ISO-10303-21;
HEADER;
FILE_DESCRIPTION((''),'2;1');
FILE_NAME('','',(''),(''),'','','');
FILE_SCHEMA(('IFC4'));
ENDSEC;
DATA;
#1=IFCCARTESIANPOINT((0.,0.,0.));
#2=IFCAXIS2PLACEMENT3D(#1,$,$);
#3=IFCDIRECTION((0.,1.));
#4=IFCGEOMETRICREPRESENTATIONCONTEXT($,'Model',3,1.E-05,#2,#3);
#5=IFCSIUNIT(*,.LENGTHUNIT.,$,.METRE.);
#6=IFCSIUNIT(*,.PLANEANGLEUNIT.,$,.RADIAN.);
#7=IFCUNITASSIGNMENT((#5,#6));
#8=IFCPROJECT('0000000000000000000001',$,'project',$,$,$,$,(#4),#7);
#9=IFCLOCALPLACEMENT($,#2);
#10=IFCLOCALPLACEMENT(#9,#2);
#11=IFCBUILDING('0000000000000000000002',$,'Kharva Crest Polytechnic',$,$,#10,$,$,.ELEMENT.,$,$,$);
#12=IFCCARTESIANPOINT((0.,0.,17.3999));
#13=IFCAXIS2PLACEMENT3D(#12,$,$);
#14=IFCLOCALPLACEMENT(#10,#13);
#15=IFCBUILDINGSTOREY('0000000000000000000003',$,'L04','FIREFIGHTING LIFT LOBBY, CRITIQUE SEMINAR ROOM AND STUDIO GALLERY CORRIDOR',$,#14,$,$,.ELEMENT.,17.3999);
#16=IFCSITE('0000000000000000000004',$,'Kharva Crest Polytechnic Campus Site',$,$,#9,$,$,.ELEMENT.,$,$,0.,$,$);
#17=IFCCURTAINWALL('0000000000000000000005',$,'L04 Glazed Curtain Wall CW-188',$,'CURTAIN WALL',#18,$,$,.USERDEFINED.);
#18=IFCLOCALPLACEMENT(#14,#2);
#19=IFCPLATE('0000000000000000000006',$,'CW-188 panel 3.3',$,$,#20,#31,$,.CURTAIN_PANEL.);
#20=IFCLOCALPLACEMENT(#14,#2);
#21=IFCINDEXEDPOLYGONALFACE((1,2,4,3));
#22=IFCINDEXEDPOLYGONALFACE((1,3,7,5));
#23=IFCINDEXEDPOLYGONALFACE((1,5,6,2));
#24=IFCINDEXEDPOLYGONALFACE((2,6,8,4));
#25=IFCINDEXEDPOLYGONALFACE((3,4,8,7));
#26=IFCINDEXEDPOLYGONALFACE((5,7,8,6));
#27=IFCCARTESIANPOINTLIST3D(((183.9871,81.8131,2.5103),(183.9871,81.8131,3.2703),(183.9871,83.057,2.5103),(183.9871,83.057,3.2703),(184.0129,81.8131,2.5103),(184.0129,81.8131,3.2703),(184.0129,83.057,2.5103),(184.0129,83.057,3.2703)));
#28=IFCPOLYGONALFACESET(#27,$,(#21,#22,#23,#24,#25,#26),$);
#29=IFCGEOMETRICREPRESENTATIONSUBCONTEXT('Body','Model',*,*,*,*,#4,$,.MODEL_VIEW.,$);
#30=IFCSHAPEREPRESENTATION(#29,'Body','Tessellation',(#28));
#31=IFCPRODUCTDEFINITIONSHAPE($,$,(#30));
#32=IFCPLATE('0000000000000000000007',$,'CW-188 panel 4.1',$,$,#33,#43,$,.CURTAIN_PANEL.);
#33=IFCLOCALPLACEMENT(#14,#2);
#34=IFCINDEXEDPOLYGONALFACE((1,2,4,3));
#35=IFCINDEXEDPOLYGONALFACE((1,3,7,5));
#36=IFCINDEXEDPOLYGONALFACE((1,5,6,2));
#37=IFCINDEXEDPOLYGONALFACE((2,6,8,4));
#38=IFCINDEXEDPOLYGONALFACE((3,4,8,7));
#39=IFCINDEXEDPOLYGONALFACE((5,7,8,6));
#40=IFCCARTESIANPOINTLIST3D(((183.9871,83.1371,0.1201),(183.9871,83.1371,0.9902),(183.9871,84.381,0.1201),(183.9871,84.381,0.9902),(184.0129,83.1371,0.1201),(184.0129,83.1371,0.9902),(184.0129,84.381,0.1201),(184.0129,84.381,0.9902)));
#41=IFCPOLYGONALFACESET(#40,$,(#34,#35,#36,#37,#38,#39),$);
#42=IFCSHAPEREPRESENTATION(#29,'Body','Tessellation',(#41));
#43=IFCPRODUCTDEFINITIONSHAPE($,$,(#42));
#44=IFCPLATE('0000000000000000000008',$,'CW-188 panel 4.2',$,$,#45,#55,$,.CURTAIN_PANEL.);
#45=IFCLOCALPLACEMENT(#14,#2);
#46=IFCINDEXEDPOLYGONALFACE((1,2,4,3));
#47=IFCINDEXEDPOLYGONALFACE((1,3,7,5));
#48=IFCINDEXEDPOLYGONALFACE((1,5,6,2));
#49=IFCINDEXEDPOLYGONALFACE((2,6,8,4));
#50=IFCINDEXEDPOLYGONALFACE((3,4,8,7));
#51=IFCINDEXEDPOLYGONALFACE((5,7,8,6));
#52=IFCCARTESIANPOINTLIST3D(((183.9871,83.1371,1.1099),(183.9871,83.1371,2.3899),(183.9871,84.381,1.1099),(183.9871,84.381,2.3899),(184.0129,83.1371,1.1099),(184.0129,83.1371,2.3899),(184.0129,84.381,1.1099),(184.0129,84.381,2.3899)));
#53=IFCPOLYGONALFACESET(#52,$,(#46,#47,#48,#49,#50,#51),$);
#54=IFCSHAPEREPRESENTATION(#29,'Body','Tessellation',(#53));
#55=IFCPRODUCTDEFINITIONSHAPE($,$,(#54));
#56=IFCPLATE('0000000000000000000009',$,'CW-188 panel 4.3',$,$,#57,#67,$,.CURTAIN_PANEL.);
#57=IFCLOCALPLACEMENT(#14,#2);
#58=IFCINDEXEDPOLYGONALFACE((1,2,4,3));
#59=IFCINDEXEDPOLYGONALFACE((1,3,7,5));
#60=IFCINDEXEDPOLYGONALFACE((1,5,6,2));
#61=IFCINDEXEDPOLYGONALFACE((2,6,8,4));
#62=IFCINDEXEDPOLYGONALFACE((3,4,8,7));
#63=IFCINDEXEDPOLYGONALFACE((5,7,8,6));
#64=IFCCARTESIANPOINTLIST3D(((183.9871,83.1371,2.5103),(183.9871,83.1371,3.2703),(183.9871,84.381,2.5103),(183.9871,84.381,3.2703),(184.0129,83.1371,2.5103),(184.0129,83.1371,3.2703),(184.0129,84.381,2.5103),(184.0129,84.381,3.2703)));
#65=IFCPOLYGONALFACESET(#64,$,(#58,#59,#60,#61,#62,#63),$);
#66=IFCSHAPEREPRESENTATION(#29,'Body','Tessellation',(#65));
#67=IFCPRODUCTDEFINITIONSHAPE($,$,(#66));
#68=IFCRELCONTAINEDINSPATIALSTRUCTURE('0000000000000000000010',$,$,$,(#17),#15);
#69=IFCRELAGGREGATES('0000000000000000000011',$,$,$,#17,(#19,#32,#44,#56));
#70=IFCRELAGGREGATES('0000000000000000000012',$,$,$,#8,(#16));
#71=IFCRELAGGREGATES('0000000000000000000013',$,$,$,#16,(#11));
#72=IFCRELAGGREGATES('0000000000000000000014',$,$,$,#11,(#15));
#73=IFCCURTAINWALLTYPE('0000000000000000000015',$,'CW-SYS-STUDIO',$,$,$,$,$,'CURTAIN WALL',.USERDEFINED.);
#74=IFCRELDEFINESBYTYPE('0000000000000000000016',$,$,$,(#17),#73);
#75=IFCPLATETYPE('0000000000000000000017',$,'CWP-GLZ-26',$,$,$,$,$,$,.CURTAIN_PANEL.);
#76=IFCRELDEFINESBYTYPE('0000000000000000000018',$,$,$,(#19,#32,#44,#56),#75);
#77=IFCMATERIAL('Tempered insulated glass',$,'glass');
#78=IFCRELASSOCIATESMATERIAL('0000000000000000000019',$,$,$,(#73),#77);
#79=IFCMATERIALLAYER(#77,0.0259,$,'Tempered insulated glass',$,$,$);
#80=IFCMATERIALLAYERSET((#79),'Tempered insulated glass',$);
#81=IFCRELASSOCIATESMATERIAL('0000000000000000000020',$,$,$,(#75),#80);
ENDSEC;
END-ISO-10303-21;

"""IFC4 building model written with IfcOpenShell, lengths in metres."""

from ifc_helpers import new_model, si_unit, direction, frame, origin, origin_2d, place, context, subcontext, project, spatial, rectangle, extrude, material, layer, layer_set, type_object, element, aggregate, save


model = new_model("IFC4")

# Units and contexts
model_context = context("Model", 3, precision=1e-05, world=origin(), true_north=direction((0.0, 1.0)))
body_context = subcontext(model_context, "Body", "Model", "MODEL_VIEW")
ifc_project = project(units=[si_unit("LENGTHUNIT", "METRE"), si_unit("PLANEANGLEUNIT", "RADIAN")], contexts=[model_context])

# Site, building, storey
site_placement = place(None, origin())
site = spatial("IfcSite", under=ifc_project, at=site_placement, Name="Kharva Crest Polytechnic Campus Site", CompositionType="ELEMENT", RefElevation=0.0)
building_placement = place(site_placement, origin())
building = spatial("IfcBuilding", under=site, at=building_placement, Name="Kharva Crest Polytechnic", CompositionType="ELEMENT")
storey_placement = place(building_placement, frame((0.0, 0.0, 17.3999)))
storey = spatial("IfcBuildingStorey", under=building, at=storey_placement, Name="L04", Description="FIREFIGHTING LIFT LOBBY, CRITIQUE SEMINAR ROOM AND STUDIO GALLERY CORRIDOR", CompositionType="ELEMENT", Elevation=17.3999)

# Curtain wall
ifc_material_1 = material(Name="Tempered insulated glass", Category="glass")
curtain_wall_type = type_object("IfcCurtainWallType", Name="CW-SYS-STUDIO", ElementType="CURTAIN WALL", PredefinedType="USERDEFINED", material=ifc_material_1)
curtain_wall_placement = place(storey_placement, origin())
curtain_wall = element("IfcCurtainWall", 1, at=curtain_wall_placement, inside=storey, type_object=curtain_wall_type, Name="L04 Glazed Curtain Wall CW-188", ObjectType="CURTAIN WALL", PredefinedType="USERDEFINED")

# Plates
ifc_layer = layer(ifc_material_1, 0.0259, Name="Tempered insulated glass")
ifc_layer_set = layer_set([ifc_layer], Name="Tempered insulated glass")
plate_type = type_object("IfcPlateType", Name="CWP-GLZ-26", PredefinedType="CURTAIN_PANEL", material=ifc_layer_set)
plate_1_placement = place(storey_placement, frame((184.0, 82.4351, 2.5103), z_axis=(0.0, 0.0, 1.0), x_axis=(0.0, 1.0, 0.0)))
plate_1 = element("IfcPlate", 2, at=plate_1_placement, type_object=plate_type, Name="CW-188 panel 3.3", PredefinedType="CURTAIN_PANEL", context=body_context, shape_type="SweptSolid", body=[
    extrude(rectangle(XDim=1.2439, YDim=0.0259, at=origin_2d()), origin(), (0.0, 0.0, 1.0), 0.76),
])
plate_2_placement = place(storey_placement, frame((184.0, 83.759, 0.1201), z_axis=(0.0, 0.0, 1.0), x_axis=(0.0, 1.0, 0.0)))
plate_2 = element("IfcPlate", 3, at=plate_2_placement, type_object=plate_type, Name="CW-188 panel 4.1", PredefinedType="CURTAIN_PANEL", context=body_context, shape_type="SweptSolid", body=[
    extrude(rectangle(XDim=1.2439, YDim=0.0259, at=origin_2d()), origin(), (0.0, 0.0, 1.0), 0.8701),
])
plate_3_placement = place(storey_placement, frame((184.0, 83.759, 1.1099), z_axis=(0.0, 0.0, 1.0), x_axis=(0.0, 1.0, 0.0)))
plate_3 = element("IfcPlate", 4, at=plate_3_placement, type_object=plate_type, Name="CW-188 panel 4.2", PredefinedType="CURTAIN_PANEL", context=body_context, shape_type="SweptSolid", body=[
    extrude(rectangle(XDim=1.2439, YDim=0.0259, at=origin_2d()), origin(), (0.0, 0.0, 1.0), 1.28),
])
plate_4_placement = place(storey_placement, frame((184.0, 83.759, 2.5103), z_axis=(0.0, 0.0, 1.0), x_axis=(0.0, 1.0, 0.0)))
plate_4 = element("IfcPlate", 5, at=plate_4_placement, type_object=plate_type, Name="CW-188 panel 4.3", PredefinedType="CURTAIN_PANEL", context=body_context, shape_type="SweptSolid", body=[
    extrude(rectangle(XDim=1.2439, YDim=0.0259, at=origin_2d()), origin(), (0.0, 0.0, 1.0), 0.76),
])
aggregate(curtain_wall, [plate_1, plate_2, plate_3, plate_4])

save(model, "model.ifc")
